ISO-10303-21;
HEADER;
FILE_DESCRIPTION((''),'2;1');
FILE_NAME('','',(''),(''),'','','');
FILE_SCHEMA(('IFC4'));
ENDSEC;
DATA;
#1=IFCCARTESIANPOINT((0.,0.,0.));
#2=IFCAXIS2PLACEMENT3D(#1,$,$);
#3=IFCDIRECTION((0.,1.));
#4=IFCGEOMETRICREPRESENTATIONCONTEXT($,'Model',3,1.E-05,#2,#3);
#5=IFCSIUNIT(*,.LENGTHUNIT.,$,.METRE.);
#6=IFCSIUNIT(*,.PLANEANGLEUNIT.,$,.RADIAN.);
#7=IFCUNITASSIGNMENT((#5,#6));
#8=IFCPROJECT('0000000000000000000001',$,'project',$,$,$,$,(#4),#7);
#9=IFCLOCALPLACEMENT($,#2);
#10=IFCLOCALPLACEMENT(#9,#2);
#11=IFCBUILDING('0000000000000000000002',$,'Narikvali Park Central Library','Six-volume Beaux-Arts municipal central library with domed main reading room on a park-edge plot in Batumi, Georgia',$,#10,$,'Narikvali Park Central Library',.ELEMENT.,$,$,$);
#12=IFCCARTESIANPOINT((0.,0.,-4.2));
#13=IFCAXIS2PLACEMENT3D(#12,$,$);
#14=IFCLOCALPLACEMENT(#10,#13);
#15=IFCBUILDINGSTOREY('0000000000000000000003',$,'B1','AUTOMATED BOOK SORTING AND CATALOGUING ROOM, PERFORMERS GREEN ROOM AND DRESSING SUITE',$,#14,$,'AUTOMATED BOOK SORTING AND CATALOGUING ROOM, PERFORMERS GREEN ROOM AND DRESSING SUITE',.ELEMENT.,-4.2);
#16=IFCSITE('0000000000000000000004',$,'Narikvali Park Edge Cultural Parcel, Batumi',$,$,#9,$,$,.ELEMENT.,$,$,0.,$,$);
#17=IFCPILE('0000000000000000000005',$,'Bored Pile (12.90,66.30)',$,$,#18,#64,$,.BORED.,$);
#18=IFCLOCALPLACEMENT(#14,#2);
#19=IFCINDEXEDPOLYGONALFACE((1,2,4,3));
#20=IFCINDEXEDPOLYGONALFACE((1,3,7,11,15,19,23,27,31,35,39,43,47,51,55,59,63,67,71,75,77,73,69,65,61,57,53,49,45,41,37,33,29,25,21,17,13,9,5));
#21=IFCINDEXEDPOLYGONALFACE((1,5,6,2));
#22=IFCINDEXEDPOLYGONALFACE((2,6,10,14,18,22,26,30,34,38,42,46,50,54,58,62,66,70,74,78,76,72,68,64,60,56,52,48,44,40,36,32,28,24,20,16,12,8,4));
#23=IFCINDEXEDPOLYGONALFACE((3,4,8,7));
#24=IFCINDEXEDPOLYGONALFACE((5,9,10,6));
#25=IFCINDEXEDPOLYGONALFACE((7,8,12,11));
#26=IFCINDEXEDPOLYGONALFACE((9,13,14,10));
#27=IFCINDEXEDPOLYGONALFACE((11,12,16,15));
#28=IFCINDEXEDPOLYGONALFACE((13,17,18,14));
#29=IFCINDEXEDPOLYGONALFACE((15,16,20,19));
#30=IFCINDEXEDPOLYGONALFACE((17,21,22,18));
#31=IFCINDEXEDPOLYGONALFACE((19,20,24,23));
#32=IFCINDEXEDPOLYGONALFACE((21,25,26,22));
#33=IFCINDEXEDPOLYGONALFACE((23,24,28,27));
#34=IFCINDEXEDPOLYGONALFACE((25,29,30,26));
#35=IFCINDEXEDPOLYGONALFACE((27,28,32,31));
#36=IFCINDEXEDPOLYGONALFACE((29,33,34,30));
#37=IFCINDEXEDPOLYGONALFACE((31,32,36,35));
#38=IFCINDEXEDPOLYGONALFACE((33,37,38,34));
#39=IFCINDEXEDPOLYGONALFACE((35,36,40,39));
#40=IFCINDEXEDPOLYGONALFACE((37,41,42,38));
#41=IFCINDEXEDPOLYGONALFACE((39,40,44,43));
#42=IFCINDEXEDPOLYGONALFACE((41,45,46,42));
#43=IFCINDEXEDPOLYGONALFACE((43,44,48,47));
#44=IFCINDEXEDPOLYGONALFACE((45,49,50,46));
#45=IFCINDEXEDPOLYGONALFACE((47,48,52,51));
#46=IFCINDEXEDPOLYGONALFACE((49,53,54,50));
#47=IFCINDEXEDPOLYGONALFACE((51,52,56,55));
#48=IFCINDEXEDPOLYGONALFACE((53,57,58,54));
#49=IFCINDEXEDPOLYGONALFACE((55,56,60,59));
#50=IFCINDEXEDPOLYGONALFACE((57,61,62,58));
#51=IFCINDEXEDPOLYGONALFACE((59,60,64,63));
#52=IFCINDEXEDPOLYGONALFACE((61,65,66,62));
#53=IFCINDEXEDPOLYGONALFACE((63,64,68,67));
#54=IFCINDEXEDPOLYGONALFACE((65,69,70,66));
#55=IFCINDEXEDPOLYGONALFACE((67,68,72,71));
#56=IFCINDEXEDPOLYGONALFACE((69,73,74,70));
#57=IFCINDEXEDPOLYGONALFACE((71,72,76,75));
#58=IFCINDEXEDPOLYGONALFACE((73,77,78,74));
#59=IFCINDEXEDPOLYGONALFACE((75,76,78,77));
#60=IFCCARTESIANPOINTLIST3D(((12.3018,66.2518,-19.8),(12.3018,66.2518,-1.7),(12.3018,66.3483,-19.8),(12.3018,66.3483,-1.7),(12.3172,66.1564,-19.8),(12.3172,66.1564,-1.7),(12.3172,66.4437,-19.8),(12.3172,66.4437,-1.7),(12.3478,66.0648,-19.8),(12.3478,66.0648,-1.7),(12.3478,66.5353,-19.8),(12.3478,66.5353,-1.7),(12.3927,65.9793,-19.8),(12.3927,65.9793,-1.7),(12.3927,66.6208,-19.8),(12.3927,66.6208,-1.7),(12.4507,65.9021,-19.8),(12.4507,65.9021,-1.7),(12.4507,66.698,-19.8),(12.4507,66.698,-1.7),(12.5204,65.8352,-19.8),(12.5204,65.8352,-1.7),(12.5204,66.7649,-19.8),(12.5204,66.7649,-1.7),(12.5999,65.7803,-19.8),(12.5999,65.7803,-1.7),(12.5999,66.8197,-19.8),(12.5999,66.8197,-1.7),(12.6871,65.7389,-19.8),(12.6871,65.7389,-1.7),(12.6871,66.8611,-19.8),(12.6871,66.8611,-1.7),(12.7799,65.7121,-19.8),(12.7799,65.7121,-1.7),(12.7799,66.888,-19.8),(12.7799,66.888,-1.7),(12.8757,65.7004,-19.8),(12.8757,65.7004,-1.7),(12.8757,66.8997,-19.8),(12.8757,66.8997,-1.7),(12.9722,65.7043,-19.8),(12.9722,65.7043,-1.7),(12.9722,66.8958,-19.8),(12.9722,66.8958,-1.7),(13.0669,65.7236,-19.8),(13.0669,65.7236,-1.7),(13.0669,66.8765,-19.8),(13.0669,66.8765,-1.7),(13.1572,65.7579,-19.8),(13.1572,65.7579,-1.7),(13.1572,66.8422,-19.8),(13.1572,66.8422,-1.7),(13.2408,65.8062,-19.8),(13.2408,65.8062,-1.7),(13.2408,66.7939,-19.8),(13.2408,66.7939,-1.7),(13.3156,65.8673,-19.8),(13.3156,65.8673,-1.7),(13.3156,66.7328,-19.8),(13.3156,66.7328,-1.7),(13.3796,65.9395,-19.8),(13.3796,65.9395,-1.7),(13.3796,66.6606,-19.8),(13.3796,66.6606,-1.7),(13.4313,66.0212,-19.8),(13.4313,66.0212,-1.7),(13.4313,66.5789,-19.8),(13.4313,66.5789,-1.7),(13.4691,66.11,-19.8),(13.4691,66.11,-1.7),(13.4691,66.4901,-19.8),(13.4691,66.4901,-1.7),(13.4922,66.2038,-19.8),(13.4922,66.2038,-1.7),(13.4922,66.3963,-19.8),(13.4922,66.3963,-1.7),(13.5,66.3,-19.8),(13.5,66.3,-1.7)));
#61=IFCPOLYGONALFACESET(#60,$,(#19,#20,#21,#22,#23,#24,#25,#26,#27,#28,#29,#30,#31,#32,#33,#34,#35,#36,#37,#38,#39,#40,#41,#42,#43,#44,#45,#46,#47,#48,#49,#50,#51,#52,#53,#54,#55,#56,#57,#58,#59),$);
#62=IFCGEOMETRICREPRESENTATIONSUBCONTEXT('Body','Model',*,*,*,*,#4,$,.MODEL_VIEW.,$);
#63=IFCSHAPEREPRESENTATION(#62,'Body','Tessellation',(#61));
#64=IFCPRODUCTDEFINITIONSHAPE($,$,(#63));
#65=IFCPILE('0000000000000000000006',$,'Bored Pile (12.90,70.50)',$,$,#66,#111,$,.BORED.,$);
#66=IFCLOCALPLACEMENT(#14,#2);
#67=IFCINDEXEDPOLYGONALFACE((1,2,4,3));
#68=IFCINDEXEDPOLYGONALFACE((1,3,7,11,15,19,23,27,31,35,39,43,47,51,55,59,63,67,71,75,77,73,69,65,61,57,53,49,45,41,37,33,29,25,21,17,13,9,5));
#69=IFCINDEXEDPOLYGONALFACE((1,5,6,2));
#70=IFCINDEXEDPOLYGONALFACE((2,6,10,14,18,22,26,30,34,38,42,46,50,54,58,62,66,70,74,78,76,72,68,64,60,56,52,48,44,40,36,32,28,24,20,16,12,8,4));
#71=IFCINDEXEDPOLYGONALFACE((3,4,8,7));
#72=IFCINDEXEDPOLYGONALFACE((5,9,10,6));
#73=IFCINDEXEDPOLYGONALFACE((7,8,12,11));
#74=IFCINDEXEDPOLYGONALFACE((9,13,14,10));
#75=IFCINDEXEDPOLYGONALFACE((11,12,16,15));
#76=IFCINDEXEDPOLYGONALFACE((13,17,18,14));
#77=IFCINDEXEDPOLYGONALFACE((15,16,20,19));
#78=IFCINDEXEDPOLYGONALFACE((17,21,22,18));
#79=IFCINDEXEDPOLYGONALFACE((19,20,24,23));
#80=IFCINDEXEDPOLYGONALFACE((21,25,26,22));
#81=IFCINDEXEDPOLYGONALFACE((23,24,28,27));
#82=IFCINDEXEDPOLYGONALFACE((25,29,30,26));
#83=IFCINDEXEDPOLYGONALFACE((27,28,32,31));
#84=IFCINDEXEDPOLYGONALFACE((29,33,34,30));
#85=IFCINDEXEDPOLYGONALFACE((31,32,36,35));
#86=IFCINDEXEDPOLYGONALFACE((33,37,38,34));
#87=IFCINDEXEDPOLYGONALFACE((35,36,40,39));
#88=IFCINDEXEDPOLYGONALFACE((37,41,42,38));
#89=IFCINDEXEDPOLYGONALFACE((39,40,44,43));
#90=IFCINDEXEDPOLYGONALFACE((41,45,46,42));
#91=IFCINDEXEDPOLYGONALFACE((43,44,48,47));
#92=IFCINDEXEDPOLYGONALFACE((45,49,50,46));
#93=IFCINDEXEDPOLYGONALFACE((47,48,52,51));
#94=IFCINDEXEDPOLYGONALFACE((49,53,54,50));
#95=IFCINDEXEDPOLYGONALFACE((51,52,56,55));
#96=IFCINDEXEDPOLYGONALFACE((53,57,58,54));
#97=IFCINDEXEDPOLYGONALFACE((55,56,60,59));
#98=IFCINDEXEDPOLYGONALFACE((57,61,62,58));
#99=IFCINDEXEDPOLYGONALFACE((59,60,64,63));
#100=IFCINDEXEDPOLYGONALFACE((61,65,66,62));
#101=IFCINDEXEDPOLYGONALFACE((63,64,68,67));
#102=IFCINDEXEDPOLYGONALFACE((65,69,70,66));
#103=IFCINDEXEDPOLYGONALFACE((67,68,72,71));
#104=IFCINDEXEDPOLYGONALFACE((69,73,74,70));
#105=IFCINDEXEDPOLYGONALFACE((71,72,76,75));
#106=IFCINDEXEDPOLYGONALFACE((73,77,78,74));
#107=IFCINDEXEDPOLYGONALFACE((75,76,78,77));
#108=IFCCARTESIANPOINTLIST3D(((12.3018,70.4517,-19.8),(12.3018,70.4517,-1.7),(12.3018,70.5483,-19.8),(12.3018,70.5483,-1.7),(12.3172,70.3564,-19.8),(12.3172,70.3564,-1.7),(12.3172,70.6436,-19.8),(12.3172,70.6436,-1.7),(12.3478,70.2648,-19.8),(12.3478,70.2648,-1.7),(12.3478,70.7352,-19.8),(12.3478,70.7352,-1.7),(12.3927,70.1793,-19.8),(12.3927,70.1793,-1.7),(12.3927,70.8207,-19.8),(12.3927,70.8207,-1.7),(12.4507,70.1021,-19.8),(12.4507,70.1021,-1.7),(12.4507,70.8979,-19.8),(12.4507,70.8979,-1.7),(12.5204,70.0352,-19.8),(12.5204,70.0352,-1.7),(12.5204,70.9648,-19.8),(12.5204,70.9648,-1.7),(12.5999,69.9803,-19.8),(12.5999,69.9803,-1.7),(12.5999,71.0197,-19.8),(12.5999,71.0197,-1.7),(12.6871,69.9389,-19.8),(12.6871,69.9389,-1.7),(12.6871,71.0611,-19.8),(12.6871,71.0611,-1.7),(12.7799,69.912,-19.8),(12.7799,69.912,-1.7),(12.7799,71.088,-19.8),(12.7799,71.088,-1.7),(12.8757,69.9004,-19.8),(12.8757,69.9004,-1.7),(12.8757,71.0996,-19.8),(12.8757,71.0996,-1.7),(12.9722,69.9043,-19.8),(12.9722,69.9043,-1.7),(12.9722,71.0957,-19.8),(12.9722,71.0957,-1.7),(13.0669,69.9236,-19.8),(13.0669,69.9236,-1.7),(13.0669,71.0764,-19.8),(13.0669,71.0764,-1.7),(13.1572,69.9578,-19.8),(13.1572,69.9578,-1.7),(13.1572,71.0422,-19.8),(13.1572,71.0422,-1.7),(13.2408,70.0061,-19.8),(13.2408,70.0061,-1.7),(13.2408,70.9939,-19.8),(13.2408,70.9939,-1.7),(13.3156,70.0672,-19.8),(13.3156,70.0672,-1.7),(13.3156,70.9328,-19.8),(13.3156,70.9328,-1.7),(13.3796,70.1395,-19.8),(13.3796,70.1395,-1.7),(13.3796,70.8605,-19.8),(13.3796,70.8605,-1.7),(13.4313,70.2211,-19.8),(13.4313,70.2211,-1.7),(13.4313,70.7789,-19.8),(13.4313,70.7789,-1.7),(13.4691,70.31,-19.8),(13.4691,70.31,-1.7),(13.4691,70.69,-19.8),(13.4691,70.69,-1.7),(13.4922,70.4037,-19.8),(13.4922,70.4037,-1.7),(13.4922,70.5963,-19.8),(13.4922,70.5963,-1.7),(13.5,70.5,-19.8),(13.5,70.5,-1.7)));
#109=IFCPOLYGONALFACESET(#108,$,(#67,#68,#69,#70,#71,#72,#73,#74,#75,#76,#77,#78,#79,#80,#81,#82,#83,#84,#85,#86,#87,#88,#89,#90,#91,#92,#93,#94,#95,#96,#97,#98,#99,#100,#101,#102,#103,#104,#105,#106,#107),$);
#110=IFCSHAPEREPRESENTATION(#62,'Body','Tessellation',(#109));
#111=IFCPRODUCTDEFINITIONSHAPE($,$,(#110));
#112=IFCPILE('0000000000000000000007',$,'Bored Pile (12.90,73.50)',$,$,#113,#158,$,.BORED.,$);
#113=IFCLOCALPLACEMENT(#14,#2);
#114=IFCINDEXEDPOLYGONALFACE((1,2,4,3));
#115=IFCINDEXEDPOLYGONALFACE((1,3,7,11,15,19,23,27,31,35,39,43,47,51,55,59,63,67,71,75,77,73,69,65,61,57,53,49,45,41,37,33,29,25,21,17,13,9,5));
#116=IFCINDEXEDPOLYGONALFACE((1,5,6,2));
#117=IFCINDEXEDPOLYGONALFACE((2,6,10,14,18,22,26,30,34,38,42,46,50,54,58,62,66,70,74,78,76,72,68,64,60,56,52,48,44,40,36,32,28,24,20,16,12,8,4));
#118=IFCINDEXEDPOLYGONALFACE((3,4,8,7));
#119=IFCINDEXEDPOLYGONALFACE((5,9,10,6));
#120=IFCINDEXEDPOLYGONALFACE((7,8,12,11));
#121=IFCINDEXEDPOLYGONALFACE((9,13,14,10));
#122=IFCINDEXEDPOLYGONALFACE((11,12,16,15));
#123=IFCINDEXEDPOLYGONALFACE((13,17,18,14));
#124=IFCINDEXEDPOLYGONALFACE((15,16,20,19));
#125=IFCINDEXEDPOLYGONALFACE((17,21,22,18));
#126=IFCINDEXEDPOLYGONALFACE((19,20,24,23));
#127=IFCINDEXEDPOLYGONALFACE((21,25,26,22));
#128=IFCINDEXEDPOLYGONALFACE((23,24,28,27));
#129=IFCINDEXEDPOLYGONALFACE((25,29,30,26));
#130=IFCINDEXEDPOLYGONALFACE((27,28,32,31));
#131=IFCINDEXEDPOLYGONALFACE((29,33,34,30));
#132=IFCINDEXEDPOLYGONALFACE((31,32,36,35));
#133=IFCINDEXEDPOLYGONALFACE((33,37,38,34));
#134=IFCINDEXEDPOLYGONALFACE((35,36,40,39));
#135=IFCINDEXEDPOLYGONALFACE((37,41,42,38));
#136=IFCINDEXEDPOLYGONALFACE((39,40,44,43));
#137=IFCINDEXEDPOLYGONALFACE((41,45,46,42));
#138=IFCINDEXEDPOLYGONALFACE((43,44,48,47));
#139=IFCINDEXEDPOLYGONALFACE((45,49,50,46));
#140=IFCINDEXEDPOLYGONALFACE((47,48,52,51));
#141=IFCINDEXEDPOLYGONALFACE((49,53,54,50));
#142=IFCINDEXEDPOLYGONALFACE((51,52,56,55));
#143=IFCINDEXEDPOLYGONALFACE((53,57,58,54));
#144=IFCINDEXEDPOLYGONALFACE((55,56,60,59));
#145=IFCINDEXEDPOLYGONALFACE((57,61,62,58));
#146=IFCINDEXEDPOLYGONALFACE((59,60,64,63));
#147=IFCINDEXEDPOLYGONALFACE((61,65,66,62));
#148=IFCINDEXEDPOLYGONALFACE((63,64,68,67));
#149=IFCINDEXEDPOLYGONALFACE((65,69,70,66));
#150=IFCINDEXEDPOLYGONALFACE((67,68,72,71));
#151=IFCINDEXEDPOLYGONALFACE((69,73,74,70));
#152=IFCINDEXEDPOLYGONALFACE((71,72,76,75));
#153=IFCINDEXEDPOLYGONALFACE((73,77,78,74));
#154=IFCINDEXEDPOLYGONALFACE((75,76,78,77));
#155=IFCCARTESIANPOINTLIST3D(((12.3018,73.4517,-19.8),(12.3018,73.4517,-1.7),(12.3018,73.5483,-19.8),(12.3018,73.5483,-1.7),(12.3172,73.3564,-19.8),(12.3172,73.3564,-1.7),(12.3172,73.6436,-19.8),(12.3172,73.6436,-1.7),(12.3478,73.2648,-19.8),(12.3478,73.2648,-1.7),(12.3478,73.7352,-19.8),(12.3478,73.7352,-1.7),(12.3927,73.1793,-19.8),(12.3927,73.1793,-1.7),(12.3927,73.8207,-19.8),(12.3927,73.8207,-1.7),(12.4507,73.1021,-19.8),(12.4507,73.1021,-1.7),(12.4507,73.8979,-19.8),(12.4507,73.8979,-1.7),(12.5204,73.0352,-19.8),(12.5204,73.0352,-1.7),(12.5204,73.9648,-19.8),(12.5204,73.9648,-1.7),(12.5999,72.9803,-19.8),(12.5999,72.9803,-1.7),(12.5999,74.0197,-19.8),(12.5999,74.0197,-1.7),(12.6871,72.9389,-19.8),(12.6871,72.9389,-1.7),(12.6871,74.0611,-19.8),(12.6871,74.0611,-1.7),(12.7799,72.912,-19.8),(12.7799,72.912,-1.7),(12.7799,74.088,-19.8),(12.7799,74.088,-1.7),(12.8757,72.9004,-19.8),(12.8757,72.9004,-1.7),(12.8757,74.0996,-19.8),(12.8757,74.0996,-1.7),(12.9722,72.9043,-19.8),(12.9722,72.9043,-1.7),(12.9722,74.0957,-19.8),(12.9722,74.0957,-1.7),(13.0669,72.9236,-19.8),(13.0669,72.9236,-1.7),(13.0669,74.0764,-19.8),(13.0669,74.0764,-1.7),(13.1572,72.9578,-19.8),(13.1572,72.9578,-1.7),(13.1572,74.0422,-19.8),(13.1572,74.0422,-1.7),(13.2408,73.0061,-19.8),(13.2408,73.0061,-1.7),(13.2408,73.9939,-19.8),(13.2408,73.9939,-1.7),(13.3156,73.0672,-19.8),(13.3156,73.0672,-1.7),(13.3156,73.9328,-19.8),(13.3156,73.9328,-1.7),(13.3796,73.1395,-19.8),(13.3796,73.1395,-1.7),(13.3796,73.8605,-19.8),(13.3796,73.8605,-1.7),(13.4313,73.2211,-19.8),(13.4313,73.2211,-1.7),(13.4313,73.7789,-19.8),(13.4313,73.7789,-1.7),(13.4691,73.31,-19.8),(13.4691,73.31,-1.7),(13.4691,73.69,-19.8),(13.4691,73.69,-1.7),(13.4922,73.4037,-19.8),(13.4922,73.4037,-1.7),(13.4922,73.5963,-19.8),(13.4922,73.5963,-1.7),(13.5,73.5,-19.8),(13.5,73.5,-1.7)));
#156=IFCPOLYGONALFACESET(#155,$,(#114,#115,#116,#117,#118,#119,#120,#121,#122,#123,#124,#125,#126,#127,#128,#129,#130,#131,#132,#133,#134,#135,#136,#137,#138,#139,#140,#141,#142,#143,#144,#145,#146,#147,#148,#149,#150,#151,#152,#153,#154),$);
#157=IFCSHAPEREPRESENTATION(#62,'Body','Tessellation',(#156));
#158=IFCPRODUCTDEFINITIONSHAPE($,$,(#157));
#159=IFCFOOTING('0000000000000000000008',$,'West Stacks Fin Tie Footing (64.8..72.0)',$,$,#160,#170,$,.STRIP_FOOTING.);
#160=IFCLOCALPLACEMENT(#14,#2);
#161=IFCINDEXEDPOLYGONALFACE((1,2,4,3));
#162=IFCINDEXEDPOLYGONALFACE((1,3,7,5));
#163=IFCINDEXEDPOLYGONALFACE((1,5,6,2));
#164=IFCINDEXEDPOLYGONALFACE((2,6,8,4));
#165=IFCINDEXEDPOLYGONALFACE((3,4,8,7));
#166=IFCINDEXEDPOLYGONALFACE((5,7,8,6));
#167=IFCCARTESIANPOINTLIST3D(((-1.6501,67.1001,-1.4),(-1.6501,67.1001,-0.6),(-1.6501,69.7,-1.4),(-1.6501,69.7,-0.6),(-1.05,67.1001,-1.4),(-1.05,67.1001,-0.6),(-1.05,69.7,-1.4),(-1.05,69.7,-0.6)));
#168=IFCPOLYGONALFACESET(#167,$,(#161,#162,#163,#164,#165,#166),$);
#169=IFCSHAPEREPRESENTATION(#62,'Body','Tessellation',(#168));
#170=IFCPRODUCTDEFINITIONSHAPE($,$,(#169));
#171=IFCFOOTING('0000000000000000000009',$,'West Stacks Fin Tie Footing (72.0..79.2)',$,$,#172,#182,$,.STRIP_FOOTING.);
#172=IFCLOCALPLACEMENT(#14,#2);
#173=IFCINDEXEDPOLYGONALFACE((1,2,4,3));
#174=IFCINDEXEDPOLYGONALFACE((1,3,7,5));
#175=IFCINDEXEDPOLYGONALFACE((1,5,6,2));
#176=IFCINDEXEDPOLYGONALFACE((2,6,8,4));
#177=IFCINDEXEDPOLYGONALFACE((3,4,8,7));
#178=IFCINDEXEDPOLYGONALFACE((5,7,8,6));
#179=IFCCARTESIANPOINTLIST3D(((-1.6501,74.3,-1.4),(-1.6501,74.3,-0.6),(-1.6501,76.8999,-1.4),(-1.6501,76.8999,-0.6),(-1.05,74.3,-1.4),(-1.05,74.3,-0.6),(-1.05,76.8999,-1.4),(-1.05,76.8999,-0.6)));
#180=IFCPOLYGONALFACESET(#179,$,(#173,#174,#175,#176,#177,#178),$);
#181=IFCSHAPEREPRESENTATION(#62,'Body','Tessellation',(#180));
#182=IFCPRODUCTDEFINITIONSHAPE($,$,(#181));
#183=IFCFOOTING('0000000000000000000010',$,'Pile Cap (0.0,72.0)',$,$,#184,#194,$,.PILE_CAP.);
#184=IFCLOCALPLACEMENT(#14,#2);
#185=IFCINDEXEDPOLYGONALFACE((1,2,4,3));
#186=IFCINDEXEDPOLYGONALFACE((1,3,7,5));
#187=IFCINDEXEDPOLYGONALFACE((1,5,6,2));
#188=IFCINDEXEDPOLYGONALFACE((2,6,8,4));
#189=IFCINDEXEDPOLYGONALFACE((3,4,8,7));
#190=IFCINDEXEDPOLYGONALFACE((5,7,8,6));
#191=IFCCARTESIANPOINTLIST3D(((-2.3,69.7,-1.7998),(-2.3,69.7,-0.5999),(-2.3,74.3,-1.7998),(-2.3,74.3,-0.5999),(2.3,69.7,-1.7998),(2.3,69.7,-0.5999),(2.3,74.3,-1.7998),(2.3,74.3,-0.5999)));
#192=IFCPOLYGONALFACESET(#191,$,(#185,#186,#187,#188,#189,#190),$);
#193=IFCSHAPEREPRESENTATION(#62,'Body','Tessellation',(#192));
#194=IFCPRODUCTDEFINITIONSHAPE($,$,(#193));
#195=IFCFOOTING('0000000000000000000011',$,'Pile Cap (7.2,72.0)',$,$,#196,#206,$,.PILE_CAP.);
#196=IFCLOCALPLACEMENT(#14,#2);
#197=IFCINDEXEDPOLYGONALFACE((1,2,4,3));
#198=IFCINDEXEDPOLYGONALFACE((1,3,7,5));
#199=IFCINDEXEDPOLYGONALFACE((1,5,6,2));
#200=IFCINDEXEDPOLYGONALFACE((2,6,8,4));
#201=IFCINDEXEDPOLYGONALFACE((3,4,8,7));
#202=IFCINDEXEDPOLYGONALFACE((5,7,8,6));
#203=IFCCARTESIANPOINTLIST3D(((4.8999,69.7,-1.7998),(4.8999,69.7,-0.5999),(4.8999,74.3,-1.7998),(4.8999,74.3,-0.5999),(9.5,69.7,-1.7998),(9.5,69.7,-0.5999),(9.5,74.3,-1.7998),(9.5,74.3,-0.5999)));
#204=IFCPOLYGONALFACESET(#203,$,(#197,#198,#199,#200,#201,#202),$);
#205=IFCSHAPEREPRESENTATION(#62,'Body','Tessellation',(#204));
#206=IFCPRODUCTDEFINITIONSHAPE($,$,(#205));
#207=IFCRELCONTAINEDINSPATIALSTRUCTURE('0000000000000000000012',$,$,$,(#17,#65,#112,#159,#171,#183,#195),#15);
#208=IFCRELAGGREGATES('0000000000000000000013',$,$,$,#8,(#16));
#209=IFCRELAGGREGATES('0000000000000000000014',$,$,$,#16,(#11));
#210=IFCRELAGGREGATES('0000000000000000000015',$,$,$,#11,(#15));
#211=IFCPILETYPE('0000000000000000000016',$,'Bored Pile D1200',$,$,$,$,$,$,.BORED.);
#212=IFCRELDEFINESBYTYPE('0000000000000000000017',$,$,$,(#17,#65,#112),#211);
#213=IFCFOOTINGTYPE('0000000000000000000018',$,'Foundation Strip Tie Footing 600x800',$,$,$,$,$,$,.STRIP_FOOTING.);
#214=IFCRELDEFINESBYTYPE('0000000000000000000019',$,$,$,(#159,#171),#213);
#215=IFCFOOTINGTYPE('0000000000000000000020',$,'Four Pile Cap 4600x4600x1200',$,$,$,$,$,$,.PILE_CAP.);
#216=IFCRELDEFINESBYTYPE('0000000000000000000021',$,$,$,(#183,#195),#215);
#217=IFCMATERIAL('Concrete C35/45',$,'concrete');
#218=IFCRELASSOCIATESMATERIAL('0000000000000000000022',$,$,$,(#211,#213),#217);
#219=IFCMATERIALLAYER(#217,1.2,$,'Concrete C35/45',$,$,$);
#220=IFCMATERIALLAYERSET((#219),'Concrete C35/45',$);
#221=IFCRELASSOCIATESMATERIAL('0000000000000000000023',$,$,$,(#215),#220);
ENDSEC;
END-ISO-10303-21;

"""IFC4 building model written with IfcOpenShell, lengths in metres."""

from ifc_helpers import new_model, si_unit, direction, frame, origin, origin_2d, place, context, subcontext, project, spatial, rectangle, circle, extrude, material, layer, layer_set, material_profile, profile_set, type_object, element, save


model = new_model("IFC4")

# Units and contexts
model_context = context("Model", 3, precision=1e-05, world=origin(), true_north=direction((0.0, 1.0)))
body_context = subcontext(model_context, "Body", "Model", "MODEL_VIEW")
ifc_project = project(units=[si_unit("LENGTHUNIT", "METRE"), si_unit("PLANEANGLEUNIT", "RADIAN")], contexts=[model_context])

# Site, building, storey
site_placement = place(None, origin())
site = spatial("IfcSite", under=ifc_project, at=site_placement, Name="Narikvali Park Edge Cultural Parcel, Batumi", CompositionType="ELEMENT", RefElevation=0.0)
building_placement = place(site_placement, origin())
building = spatial("IfcBuilding", under=site, at=building_placement, Name="Narikvali Park Central Library", Description="Six-volume Beaux-Arts municipal central library with domed main reading room on a park-edge plot in Batumi, Georgia", LongName="Narikvali Park Central Library", CompositionType="ELEMENT")
storey_placement = place(building_placement, frame((0.0, 0.0, -4.2)))
storey = spatial("IfcBuildingStorey", under=building, at=storey_placement, Name="B1", Description="AUTOMATED BOOK SORTING AND CATALOGUING ROOM, PERFORMERS GREEN ROOM AND DRESSING SUITE", LongName="AUTOMATED BOOK SORTING AND CATALOGUING ROOM, PERFORMERS GREEN ROOM AND DRESSING SUITE", CompositionType="ELEMENT", Elevation=-4.2)

# Piles
ifc_material_1 = material(Name="Concrete C35/45", Category="concrete")
ifc_material_profile_1 = material_profile(ifc_material_1, circle(Radius=0.6001, at=origin_2d()), Name="PILE D1200")
ifc_profile_set_1 = profile_set([ifc_material_profile_1], Name="Concrete C35/45")
pile_type = type_object("IfcPileType", Name="Bored Pile D1200", PredefinedType="BORED", material=ifc_profile_set_1)
for number, where, z_axis, x_axis, name in (
    (1, (12.8999, 66.3, -1.7), (0.0, 0.0, -1.0), (1.0, 0.0, 0.0), "Bored Pile (12.90,66.30)"),
    (2, (12.8999, 70.5, -1.7), (0.0, 0.0, -1.0), (1.0, 0.0, 0.0), "Bored Pile (12.90,70.50)"),
    (3, (12.8999, 73.5, -1.7), (0.0, 0.0, -1.0), (1.0, 0.0, 0.0), "Bored Pile (12.90,73.50)"),
):
    element("IfcPile", number, at=place(storey_placement, frame(where, z_axis=z_axis, x_axis=x_axis)), inside=storey, type_object=pile_type, Name=name, PredefinedType="BORED", context=body_context, shape_type="SweptSolid", body=[
        extrude(circle(Radius=0.6001, at=origin_2d()), origin(), (0.0, 0.0, 1.0), 18.1001),
    ])

# Footings
ifc_material_profile_2 = material_profile(ifc_material_1, rectangle(XDim=0.6001, YDim=0.8, at=origin_2d()), Name="RC GB 600x800")
ifc_profile_set_2 = profile_set([ifc_material_profile_2], Name="Concrete C35/45")
footing_type_1 = type_object("IfcFootingType", Name="Foundation Strip Tie Footing 600x800", PredefinedType="STRIP_FOOTING", material=ifc_profile_set_2)
for number, where, z_axis, x_axis, name in (
    (4, (-1.3501, 67.1001, -1.0), (0.0, 1.0, 0.0), (-1.0, 0.0, 0.0), "West Stacks Fin Tie Footing (64.8..72.0)"),
    (5, (-1.3501, 74.3, -1.0), (0.0, 1.0, 0.0), (-1.0, 0.0, 0.0), "West Stacks Fin Tie Footing (72.0..79.2)"),
):
    element("IfcFooting", number, at=place(storey_placement, frame(where, z_axis=z_axis, x_axis=x_axis)), inside=storey, type_object=footing_type_1, Name=name, PredefinedType="STRIP_FOOTING", context=body_context, shape_type="SweptSolid", body=[
        extrude(rectangle(XDim=0.6001, YDim=0.8, at=origin_2d()), origin(), (0.0, 0.0, 1.0), 2.5999),
    ])
ifc_layer_1 = layer(ifc_material_1, 1.2, Name="Concrete C35/45")
ifc_layer_set_1 = layer_set([ifc_layer_1], Name="Concrete C35/45")
footing_type_2 = type_object("IfcFootingType", Name="Four Pile Cap 4600x4600x1200", PredefinedType="PILE_CAP", material=ifc_layer_set_1)
for number, where, z_axis, x_axis, name in (
    (6, (0.0, 72.0, -1.7998), (0.0, 0.0, 1.0), (1.0, 0.0, 0.0), "Pile Cap (0.0,72.0)"),
    (7, (7.2, 72.0, -1.7998), (0.0, 0.0, 1.0), (1.0, 0.0, 0.0), "Pile Cap (7.2,72.0)"),
):
    element("IfcFooting", number, at=place(storey_placement, frame(where, z_axis=z_axis, x_axis=x_axis)), inside=storey, type_object=footing_type_2, Name=name, PredefinedType="PILE_CAP", context=body_context, shape_type="SweptSolid", body=[
        extrude(rectangle(XDim=4.6001, YDim=4.6001, at=origin_2d()), origin(), (0.0, 0.0, 1.0), 1.2),
    ])

save(model, "model.ifc")
